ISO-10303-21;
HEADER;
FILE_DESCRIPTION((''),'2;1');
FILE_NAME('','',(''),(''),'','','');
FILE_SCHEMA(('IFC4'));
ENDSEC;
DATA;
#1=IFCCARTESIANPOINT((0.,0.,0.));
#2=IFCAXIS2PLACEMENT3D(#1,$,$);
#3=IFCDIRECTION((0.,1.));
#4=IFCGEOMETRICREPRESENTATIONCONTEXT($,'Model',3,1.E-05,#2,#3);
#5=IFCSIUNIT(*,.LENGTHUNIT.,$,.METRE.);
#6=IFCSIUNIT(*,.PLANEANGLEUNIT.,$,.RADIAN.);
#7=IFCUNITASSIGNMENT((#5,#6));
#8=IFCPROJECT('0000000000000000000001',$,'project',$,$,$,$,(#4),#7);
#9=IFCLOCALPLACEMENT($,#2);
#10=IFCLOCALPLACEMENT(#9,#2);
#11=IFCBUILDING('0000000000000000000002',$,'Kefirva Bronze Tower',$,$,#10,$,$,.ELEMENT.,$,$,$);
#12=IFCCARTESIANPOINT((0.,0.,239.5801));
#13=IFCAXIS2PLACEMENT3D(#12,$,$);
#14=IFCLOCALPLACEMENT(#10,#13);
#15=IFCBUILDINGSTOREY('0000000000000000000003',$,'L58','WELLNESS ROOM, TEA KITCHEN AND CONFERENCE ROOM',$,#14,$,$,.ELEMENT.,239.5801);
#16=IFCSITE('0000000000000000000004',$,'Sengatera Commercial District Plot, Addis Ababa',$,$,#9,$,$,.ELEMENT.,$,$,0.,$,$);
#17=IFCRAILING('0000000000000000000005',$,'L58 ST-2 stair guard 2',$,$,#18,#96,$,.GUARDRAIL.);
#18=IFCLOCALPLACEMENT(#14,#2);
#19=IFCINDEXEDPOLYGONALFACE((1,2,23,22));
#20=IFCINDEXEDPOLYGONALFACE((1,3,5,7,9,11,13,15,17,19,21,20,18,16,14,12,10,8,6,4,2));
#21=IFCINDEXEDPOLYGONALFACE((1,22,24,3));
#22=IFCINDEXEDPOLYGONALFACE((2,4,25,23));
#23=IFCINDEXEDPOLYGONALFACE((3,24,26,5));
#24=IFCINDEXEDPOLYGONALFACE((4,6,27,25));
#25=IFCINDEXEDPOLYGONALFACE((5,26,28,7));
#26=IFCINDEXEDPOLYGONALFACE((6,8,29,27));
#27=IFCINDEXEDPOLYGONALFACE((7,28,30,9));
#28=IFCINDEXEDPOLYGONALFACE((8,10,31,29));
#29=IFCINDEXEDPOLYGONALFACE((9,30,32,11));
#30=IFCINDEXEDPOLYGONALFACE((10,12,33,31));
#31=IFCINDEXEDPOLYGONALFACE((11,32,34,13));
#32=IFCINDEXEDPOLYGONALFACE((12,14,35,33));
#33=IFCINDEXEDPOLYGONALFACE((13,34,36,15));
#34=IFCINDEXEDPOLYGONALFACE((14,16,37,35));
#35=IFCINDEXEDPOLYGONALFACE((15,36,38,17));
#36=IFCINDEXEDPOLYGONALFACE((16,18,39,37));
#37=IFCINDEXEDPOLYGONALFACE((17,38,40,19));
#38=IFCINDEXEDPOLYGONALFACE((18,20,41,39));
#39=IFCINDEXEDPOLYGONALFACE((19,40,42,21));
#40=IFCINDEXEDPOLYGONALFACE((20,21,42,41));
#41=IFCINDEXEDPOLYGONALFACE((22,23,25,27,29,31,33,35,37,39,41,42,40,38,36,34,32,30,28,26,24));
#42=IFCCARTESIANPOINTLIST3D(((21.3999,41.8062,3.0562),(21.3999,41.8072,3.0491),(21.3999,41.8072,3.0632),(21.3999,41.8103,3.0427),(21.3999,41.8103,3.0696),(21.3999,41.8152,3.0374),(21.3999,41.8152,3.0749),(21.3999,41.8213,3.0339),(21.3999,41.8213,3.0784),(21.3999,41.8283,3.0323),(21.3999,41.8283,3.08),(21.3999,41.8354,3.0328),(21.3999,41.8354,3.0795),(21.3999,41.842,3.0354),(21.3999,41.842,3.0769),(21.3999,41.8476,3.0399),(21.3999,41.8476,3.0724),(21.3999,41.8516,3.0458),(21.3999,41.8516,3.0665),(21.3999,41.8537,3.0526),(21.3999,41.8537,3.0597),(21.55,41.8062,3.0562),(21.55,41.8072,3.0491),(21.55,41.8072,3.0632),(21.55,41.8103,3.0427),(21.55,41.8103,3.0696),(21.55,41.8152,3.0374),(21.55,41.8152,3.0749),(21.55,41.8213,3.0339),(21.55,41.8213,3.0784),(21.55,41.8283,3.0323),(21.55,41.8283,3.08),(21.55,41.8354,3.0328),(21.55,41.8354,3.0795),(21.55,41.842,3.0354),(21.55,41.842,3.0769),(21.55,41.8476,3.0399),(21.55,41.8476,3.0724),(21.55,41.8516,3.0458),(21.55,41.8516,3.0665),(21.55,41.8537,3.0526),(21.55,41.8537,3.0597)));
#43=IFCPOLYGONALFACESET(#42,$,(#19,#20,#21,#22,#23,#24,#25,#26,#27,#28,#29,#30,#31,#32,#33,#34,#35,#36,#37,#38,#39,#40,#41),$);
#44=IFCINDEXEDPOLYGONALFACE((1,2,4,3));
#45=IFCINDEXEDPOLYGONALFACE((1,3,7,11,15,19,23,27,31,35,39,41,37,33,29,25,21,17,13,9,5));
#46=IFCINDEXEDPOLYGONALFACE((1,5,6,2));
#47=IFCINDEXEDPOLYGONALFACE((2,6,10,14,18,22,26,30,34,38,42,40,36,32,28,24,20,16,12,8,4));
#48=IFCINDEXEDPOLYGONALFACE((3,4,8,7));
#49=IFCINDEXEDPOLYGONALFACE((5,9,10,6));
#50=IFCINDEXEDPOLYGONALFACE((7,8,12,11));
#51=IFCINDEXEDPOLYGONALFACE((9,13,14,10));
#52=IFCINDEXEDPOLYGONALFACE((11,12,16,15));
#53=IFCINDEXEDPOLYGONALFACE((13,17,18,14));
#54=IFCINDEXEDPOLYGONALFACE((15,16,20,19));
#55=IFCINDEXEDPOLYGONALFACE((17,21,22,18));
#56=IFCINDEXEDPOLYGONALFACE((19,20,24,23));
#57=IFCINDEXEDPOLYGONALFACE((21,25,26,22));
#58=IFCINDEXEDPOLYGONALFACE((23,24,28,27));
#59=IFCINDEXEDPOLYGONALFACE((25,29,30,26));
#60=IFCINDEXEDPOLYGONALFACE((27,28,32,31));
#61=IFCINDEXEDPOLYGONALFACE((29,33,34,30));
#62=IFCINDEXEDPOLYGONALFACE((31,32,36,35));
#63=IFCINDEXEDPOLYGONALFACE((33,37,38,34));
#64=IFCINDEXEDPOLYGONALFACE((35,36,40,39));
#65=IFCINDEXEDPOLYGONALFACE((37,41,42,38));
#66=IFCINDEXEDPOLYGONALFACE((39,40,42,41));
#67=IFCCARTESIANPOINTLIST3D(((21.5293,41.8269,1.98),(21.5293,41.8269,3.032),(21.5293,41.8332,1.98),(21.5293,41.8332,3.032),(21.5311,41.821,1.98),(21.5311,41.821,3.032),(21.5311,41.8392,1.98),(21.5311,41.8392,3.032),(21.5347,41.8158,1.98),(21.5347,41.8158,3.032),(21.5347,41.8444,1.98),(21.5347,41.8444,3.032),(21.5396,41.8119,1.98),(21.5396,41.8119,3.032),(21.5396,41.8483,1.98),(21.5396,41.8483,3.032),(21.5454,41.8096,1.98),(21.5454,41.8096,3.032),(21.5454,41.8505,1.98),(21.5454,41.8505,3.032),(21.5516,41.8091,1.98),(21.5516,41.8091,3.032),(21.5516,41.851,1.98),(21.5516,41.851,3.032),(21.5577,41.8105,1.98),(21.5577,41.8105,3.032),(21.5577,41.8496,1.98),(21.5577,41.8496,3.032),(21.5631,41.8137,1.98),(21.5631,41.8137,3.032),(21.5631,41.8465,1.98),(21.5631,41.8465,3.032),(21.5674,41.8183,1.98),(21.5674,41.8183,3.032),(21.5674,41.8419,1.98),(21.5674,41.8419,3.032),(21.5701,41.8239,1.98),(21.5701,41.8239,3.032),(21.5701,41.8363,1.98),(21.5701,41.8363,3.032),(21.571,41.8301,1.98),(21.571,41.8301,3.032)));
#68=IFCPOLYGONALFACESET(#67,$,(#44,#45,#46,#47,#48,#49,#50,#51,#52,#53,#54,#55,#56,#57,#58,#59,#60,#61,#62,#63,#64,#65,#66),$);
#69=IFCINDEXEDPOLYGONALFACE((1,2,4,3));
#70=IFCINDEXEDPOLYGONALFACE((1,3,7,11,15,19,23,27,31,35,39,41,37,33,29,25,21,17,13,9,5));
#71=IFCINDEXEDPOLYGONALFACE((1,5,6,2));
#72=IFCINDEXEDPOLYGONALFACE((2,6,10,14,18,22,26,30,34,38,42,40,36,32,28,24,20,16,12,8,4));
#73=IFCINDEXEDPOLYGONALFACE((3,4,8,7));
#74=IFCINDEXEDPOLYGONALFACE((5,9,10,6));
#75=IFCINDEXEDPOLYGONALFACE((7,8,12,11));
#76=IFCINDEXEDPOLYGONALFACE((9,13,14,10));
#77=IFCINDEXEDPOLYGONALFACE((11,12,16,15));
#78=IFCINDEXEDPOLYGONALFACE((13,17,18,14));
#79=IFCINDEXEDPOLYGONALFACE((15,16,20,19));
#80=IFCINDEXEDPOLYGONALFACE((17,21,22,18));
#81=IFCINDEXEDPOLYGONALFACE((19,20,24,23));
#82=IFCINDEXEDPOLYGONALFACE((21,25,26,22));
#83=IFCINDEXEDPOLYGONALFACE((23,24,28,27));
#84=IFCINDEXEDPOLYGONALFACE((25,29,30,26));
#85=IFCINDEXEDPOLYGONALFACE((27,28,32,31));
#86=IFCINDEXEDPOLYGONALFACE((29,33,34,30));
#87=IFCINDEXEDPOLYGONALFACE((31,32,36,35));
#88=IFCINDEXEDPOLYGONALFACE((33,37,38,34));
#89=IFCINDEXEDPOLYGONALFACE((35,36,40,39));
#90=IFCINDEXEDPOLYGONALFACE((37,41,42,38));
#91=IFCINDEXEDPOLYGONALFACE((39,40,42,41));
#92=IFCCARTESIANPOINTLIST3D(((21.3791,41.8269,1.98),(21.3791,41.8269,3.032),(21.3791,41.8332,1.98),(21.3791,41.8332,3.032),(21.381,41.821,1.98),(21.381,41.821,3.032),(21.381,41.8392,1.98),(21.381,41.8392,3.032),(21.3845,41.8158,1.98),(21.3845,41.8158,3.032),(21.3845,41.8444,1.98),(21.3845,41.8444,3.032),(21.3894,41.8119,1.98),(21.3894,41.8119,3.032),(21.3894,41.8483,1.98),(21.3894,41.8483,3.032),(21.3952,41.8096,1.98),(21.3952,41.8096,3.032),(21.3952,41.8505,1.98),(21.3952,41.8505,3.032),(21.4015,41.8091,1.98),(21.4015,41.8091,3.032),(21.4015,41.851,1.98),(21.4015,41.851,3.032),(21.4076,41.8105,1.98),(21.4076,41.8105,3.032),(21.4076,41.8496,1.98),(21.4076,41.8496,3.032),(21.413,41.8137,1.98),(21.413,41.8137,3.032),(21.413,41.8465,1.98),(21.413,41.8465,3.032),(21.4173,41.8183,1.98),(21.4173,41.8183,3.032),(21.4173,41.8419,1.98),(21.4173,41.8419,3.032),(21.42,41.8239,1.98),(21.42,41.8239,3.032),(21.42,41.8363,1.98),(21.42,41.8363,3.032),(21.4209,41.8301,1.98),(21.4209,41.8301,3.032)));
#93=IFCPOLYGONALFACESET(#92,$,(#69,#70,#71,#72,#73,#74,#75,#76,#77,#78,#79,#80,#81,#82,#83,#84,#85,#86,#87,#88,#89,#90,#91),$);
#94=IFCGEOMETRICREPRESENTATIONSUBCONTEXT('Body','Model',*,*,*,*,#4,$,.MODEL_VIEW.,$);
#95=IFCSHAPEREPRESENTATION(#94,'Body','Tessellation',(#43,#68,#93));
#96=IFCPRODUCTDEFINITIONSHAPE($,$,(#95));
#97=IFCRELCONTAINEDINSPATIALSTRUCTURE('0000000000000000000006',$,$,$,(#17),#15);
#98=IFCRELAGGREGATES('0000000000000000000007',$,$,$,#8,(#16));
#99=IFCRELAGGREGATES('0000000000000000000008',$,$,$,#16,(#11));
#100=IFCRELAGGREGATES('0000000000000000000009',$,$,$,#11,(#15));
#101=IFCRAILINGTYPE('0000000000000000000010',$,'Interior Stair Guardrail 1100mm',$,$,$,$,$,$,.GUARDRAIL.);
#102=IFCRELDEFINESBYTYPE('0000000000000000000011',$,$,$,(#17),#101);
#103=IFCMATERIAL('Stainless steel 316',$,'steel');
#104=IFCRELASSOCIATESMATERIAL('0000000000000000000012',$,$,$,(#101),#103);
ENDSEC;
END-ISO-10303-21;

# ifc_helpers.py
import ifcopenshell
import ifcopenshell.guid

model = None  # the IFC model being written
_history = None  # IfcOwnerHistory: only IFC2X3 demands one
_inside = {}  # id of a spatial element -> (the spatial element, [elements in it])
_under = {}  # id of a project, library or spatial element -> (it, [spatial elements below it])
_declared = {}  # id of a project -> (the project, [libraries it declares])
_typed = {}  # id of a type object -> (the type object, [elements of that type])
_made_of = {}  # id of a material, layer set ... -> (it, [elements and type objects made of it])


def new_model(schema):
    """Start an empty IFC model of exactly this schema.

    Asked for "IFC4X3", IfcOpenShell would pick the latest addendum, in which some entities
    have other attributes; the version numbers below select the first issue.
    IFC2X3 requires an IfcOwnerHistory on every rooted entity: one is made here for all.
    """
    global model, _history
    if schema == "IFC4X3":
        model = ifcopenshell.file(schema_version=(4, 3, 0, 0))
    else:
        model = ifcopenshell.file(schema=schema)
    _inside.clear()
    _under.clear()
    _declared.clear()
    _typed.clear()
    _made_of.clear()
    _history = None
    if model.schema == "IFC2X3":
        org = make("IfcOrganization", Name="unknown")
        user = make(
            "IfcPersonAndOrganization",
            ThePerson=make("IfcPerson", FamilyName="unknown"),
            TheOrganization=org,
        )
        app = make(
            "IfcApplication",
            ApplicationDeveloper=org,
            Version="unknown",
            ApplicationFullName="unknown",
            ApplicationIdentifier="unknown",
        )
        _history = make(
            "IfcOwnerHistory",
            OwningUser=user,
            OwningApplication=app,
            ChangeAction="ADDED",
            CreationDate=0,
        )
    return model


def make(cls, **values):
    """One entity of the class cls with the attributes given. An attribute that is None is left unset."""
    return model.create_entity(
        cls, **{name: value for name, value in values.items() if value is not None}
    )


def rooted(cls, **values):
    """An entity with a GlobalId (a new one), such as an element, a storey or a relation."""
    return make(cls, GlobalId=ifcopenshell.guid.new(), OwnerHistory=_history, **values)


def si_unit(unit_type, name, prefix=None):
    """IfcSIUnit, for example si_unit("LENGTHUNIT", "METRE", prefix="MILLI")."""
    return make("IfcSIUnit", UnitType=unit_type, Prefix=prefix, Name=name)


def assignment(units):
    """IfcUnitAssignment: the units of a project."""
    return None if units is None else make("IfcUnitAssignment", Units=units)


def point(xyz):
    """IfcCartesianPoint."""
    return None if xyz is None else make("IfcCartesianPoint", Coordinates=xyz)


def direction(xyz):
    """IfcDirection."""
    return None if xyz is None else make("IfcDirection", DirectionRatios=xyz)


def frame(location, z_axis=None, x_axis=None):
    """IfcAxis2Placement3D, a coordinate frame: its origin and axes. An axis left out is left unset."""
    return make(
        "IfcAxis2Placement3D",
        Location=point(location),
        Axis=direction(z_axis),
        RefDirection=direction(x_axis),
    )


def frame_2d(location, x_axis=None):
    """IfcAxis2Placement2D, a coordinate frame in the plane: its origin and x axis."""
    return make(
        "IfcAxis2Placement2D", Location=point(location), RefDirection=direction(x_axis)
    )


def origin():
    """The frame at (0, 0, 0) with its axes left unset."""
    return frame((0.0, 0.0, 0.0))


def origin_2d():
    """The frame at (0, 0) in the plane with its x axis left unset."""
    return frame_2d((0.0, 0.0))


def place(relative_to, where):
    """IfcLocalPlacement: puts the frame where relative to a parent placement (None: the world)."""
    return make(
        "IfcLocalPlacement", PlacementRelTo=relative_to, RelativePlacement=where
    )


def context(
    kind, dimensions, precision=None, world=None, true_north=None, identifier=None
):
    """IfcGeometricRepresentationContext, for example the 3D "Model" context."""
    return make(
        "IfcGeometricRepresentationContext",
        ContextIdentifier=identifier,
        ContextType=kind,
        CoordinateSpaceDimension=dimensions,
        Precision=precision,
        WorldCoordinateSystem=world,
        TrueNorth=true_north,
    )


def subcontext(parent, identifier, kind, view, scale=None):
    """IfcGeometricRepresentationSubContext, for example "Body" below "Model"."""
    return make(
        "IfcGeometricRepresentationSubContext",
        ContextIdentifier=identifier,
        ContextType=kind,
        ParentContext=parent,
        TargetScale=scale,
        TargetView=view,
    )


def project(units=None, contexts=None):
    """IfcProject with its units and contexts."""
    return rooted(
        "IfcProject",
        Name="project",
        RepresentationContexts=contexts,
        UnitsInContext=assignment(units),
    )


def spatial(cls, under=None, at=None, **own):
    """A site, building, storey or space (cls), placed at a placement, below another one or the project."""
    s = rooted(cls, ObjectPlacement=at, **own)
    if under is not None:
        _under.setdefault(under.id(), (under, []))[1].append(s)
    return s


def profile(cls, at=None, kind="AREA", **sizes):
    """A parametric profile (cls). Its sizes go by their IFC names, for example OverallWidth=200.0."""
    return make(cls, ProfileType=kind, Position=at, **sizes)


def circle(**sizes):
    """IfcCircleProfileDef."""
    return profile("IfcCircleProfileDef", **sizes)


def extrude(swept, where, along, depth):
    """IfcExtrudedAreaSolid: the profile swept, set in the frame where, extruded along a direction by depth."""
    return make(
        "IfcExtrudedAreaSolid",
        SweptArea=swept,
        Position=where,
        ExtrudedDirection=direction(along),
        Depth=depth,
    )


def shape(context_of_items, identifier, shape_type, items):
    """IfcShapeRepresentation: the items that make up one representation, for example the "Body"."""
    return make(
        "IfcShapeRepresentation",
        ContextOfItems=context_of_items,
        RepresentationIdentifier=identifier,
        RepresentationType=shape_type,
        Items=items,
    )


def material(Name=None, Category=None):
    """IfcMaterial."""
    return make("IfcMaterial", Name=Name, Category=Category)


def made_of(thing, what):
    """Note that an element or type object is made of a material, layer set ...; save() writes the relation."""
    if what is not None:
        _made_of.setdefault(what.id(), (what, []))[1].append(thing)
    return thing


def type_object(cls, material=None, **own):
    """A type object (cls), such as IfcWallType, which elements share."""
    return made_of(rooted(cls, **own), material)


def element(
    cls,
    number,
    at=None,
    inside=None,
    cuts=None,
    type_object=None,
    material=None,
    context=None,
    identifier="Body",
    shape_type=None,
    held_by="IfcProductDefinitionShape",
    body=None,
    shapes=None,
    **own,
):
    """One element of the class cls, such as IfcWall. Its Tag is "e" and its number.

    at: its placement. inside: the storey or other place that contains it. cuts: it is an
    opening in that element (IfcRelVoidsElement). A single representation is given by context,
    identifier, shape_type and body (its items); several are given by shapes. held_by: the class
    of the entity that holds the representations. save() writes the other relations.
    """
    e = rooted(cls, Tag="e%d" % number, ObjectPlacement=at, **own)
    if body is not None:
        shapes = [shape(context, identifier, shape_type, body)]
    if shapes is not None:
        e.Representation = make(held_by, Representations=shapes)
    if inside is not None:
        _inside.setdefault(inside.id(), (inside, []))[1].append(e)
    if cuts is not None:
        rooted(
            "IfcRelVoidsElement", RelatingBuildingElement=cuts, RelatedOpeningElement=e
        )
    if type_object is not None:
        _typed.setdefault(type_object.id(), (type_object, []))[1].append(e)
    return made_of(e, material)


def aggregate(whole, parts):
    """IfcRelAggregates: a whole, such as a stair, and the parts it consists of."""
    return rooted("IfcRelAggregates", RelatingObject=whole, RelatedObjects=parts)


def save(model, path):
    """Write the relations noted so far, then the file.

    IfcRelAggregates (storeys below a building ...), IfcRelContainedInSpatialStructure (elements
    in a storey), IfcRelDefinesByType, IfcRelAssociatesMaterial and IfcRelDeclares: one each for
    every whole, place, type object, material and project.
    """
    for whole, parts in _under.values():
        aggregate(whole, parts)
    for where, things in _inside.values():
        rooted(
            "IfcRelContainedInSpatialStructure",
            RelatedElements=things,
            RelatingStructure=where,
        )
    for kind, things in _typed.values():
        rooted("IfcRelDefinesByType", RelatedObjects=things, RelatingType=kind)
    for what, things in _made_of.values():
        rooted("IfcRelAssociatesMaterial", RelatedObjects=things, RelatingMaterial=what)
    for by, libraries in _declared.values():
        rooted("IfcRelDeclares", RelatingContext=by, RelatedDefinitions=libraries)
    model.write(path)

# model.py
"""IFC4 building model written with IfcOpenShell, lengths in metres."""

from ifc_helpers import new_model, si_unit, direction, frame, origin, origin_2d, place, context, subcontext, project, spatial, circle, extrude, material, type_object, element, save


model = new_model("IFC4")

# Units and contexts
model_context = context("Model", 3, precision=1e-05, world=origin(), true_north=direction((0.0, 1.0)))
body_context = subcontext(model_context, "Body", "Model", "MODEL_VIEW")
ifc_project = project(units=[si_unit("LENGTHUNIT", "METRE"), si_unit("PLANEANGLEUNIT", "RADIAN")], contexts=[model_context])

# Site, building, storey
site_placement = place(None, origin())
site = spatial("IfcSite", under=ifc_project, at=site_placement, Name="Sengatera Commercial District Plot, Addis Ababa", CompositionType="ELEMENT", RefElevation=0.0)
building_placement = place(site_placement, origin())
building = spatial("IfcBuilding", under=site, at=building_placement, Name="Kefirva Bronze Tower", CompositionType="ELEMENT")
storey_placement = place(building_placement, frame((0.0, 0.0, 239.5801)))
storey = spatial("IfcBuildingStorey", under=building, at=storey_placement, Name="L58", Description="WELLNESS ROOM, TEA KITCHEN AND CONFERENCE ROOM", CompositionType="ELEMENT", Elevation=239.5801)

# Shared definitions
ifc_material_1 = material(Name="Stainless steel 316", Category="steel")

# Railing
railing_type_1 = type_object("IfcRailingType", Name="Interior Stair Guardrail 1100mm", PredefinedType="GUARDRAIL", material=ifc_material_1)
railing_1_placement = place(storey_placement, frame((21.55, 41.8301, 1.98)))
element("IfcRailing", 1, at=railing_1_placement, inside=storey, type_object=railing_type_1, Name="L58 ST-2 stair guard 2", PredefinedType="GUARDRAIL", context=body_context, shape_type="SweptSolid", body=[
    extrude(circle(Radius=0.0239, at=origin_2d()), frame((0.0, 0.0, 1.0762), z_axis=(-1.0, 0.0, 0.0), x_axis=(0.0, -1.0, 0.0)), (0.0, 0.0, 1.0), 0.1501),
    extrude(circle(Radius=0.021, at=origin_2d()), origin(), (0.0, 0.0, 1.0), 1.052),
    extrude(circle(Radius=0.021, at=origin_2d()), frame((-0.1501, 0.0, 0.0)), (0.0, 0.0, 1.0), 1.052),
])

save(model, "model.ifc")
